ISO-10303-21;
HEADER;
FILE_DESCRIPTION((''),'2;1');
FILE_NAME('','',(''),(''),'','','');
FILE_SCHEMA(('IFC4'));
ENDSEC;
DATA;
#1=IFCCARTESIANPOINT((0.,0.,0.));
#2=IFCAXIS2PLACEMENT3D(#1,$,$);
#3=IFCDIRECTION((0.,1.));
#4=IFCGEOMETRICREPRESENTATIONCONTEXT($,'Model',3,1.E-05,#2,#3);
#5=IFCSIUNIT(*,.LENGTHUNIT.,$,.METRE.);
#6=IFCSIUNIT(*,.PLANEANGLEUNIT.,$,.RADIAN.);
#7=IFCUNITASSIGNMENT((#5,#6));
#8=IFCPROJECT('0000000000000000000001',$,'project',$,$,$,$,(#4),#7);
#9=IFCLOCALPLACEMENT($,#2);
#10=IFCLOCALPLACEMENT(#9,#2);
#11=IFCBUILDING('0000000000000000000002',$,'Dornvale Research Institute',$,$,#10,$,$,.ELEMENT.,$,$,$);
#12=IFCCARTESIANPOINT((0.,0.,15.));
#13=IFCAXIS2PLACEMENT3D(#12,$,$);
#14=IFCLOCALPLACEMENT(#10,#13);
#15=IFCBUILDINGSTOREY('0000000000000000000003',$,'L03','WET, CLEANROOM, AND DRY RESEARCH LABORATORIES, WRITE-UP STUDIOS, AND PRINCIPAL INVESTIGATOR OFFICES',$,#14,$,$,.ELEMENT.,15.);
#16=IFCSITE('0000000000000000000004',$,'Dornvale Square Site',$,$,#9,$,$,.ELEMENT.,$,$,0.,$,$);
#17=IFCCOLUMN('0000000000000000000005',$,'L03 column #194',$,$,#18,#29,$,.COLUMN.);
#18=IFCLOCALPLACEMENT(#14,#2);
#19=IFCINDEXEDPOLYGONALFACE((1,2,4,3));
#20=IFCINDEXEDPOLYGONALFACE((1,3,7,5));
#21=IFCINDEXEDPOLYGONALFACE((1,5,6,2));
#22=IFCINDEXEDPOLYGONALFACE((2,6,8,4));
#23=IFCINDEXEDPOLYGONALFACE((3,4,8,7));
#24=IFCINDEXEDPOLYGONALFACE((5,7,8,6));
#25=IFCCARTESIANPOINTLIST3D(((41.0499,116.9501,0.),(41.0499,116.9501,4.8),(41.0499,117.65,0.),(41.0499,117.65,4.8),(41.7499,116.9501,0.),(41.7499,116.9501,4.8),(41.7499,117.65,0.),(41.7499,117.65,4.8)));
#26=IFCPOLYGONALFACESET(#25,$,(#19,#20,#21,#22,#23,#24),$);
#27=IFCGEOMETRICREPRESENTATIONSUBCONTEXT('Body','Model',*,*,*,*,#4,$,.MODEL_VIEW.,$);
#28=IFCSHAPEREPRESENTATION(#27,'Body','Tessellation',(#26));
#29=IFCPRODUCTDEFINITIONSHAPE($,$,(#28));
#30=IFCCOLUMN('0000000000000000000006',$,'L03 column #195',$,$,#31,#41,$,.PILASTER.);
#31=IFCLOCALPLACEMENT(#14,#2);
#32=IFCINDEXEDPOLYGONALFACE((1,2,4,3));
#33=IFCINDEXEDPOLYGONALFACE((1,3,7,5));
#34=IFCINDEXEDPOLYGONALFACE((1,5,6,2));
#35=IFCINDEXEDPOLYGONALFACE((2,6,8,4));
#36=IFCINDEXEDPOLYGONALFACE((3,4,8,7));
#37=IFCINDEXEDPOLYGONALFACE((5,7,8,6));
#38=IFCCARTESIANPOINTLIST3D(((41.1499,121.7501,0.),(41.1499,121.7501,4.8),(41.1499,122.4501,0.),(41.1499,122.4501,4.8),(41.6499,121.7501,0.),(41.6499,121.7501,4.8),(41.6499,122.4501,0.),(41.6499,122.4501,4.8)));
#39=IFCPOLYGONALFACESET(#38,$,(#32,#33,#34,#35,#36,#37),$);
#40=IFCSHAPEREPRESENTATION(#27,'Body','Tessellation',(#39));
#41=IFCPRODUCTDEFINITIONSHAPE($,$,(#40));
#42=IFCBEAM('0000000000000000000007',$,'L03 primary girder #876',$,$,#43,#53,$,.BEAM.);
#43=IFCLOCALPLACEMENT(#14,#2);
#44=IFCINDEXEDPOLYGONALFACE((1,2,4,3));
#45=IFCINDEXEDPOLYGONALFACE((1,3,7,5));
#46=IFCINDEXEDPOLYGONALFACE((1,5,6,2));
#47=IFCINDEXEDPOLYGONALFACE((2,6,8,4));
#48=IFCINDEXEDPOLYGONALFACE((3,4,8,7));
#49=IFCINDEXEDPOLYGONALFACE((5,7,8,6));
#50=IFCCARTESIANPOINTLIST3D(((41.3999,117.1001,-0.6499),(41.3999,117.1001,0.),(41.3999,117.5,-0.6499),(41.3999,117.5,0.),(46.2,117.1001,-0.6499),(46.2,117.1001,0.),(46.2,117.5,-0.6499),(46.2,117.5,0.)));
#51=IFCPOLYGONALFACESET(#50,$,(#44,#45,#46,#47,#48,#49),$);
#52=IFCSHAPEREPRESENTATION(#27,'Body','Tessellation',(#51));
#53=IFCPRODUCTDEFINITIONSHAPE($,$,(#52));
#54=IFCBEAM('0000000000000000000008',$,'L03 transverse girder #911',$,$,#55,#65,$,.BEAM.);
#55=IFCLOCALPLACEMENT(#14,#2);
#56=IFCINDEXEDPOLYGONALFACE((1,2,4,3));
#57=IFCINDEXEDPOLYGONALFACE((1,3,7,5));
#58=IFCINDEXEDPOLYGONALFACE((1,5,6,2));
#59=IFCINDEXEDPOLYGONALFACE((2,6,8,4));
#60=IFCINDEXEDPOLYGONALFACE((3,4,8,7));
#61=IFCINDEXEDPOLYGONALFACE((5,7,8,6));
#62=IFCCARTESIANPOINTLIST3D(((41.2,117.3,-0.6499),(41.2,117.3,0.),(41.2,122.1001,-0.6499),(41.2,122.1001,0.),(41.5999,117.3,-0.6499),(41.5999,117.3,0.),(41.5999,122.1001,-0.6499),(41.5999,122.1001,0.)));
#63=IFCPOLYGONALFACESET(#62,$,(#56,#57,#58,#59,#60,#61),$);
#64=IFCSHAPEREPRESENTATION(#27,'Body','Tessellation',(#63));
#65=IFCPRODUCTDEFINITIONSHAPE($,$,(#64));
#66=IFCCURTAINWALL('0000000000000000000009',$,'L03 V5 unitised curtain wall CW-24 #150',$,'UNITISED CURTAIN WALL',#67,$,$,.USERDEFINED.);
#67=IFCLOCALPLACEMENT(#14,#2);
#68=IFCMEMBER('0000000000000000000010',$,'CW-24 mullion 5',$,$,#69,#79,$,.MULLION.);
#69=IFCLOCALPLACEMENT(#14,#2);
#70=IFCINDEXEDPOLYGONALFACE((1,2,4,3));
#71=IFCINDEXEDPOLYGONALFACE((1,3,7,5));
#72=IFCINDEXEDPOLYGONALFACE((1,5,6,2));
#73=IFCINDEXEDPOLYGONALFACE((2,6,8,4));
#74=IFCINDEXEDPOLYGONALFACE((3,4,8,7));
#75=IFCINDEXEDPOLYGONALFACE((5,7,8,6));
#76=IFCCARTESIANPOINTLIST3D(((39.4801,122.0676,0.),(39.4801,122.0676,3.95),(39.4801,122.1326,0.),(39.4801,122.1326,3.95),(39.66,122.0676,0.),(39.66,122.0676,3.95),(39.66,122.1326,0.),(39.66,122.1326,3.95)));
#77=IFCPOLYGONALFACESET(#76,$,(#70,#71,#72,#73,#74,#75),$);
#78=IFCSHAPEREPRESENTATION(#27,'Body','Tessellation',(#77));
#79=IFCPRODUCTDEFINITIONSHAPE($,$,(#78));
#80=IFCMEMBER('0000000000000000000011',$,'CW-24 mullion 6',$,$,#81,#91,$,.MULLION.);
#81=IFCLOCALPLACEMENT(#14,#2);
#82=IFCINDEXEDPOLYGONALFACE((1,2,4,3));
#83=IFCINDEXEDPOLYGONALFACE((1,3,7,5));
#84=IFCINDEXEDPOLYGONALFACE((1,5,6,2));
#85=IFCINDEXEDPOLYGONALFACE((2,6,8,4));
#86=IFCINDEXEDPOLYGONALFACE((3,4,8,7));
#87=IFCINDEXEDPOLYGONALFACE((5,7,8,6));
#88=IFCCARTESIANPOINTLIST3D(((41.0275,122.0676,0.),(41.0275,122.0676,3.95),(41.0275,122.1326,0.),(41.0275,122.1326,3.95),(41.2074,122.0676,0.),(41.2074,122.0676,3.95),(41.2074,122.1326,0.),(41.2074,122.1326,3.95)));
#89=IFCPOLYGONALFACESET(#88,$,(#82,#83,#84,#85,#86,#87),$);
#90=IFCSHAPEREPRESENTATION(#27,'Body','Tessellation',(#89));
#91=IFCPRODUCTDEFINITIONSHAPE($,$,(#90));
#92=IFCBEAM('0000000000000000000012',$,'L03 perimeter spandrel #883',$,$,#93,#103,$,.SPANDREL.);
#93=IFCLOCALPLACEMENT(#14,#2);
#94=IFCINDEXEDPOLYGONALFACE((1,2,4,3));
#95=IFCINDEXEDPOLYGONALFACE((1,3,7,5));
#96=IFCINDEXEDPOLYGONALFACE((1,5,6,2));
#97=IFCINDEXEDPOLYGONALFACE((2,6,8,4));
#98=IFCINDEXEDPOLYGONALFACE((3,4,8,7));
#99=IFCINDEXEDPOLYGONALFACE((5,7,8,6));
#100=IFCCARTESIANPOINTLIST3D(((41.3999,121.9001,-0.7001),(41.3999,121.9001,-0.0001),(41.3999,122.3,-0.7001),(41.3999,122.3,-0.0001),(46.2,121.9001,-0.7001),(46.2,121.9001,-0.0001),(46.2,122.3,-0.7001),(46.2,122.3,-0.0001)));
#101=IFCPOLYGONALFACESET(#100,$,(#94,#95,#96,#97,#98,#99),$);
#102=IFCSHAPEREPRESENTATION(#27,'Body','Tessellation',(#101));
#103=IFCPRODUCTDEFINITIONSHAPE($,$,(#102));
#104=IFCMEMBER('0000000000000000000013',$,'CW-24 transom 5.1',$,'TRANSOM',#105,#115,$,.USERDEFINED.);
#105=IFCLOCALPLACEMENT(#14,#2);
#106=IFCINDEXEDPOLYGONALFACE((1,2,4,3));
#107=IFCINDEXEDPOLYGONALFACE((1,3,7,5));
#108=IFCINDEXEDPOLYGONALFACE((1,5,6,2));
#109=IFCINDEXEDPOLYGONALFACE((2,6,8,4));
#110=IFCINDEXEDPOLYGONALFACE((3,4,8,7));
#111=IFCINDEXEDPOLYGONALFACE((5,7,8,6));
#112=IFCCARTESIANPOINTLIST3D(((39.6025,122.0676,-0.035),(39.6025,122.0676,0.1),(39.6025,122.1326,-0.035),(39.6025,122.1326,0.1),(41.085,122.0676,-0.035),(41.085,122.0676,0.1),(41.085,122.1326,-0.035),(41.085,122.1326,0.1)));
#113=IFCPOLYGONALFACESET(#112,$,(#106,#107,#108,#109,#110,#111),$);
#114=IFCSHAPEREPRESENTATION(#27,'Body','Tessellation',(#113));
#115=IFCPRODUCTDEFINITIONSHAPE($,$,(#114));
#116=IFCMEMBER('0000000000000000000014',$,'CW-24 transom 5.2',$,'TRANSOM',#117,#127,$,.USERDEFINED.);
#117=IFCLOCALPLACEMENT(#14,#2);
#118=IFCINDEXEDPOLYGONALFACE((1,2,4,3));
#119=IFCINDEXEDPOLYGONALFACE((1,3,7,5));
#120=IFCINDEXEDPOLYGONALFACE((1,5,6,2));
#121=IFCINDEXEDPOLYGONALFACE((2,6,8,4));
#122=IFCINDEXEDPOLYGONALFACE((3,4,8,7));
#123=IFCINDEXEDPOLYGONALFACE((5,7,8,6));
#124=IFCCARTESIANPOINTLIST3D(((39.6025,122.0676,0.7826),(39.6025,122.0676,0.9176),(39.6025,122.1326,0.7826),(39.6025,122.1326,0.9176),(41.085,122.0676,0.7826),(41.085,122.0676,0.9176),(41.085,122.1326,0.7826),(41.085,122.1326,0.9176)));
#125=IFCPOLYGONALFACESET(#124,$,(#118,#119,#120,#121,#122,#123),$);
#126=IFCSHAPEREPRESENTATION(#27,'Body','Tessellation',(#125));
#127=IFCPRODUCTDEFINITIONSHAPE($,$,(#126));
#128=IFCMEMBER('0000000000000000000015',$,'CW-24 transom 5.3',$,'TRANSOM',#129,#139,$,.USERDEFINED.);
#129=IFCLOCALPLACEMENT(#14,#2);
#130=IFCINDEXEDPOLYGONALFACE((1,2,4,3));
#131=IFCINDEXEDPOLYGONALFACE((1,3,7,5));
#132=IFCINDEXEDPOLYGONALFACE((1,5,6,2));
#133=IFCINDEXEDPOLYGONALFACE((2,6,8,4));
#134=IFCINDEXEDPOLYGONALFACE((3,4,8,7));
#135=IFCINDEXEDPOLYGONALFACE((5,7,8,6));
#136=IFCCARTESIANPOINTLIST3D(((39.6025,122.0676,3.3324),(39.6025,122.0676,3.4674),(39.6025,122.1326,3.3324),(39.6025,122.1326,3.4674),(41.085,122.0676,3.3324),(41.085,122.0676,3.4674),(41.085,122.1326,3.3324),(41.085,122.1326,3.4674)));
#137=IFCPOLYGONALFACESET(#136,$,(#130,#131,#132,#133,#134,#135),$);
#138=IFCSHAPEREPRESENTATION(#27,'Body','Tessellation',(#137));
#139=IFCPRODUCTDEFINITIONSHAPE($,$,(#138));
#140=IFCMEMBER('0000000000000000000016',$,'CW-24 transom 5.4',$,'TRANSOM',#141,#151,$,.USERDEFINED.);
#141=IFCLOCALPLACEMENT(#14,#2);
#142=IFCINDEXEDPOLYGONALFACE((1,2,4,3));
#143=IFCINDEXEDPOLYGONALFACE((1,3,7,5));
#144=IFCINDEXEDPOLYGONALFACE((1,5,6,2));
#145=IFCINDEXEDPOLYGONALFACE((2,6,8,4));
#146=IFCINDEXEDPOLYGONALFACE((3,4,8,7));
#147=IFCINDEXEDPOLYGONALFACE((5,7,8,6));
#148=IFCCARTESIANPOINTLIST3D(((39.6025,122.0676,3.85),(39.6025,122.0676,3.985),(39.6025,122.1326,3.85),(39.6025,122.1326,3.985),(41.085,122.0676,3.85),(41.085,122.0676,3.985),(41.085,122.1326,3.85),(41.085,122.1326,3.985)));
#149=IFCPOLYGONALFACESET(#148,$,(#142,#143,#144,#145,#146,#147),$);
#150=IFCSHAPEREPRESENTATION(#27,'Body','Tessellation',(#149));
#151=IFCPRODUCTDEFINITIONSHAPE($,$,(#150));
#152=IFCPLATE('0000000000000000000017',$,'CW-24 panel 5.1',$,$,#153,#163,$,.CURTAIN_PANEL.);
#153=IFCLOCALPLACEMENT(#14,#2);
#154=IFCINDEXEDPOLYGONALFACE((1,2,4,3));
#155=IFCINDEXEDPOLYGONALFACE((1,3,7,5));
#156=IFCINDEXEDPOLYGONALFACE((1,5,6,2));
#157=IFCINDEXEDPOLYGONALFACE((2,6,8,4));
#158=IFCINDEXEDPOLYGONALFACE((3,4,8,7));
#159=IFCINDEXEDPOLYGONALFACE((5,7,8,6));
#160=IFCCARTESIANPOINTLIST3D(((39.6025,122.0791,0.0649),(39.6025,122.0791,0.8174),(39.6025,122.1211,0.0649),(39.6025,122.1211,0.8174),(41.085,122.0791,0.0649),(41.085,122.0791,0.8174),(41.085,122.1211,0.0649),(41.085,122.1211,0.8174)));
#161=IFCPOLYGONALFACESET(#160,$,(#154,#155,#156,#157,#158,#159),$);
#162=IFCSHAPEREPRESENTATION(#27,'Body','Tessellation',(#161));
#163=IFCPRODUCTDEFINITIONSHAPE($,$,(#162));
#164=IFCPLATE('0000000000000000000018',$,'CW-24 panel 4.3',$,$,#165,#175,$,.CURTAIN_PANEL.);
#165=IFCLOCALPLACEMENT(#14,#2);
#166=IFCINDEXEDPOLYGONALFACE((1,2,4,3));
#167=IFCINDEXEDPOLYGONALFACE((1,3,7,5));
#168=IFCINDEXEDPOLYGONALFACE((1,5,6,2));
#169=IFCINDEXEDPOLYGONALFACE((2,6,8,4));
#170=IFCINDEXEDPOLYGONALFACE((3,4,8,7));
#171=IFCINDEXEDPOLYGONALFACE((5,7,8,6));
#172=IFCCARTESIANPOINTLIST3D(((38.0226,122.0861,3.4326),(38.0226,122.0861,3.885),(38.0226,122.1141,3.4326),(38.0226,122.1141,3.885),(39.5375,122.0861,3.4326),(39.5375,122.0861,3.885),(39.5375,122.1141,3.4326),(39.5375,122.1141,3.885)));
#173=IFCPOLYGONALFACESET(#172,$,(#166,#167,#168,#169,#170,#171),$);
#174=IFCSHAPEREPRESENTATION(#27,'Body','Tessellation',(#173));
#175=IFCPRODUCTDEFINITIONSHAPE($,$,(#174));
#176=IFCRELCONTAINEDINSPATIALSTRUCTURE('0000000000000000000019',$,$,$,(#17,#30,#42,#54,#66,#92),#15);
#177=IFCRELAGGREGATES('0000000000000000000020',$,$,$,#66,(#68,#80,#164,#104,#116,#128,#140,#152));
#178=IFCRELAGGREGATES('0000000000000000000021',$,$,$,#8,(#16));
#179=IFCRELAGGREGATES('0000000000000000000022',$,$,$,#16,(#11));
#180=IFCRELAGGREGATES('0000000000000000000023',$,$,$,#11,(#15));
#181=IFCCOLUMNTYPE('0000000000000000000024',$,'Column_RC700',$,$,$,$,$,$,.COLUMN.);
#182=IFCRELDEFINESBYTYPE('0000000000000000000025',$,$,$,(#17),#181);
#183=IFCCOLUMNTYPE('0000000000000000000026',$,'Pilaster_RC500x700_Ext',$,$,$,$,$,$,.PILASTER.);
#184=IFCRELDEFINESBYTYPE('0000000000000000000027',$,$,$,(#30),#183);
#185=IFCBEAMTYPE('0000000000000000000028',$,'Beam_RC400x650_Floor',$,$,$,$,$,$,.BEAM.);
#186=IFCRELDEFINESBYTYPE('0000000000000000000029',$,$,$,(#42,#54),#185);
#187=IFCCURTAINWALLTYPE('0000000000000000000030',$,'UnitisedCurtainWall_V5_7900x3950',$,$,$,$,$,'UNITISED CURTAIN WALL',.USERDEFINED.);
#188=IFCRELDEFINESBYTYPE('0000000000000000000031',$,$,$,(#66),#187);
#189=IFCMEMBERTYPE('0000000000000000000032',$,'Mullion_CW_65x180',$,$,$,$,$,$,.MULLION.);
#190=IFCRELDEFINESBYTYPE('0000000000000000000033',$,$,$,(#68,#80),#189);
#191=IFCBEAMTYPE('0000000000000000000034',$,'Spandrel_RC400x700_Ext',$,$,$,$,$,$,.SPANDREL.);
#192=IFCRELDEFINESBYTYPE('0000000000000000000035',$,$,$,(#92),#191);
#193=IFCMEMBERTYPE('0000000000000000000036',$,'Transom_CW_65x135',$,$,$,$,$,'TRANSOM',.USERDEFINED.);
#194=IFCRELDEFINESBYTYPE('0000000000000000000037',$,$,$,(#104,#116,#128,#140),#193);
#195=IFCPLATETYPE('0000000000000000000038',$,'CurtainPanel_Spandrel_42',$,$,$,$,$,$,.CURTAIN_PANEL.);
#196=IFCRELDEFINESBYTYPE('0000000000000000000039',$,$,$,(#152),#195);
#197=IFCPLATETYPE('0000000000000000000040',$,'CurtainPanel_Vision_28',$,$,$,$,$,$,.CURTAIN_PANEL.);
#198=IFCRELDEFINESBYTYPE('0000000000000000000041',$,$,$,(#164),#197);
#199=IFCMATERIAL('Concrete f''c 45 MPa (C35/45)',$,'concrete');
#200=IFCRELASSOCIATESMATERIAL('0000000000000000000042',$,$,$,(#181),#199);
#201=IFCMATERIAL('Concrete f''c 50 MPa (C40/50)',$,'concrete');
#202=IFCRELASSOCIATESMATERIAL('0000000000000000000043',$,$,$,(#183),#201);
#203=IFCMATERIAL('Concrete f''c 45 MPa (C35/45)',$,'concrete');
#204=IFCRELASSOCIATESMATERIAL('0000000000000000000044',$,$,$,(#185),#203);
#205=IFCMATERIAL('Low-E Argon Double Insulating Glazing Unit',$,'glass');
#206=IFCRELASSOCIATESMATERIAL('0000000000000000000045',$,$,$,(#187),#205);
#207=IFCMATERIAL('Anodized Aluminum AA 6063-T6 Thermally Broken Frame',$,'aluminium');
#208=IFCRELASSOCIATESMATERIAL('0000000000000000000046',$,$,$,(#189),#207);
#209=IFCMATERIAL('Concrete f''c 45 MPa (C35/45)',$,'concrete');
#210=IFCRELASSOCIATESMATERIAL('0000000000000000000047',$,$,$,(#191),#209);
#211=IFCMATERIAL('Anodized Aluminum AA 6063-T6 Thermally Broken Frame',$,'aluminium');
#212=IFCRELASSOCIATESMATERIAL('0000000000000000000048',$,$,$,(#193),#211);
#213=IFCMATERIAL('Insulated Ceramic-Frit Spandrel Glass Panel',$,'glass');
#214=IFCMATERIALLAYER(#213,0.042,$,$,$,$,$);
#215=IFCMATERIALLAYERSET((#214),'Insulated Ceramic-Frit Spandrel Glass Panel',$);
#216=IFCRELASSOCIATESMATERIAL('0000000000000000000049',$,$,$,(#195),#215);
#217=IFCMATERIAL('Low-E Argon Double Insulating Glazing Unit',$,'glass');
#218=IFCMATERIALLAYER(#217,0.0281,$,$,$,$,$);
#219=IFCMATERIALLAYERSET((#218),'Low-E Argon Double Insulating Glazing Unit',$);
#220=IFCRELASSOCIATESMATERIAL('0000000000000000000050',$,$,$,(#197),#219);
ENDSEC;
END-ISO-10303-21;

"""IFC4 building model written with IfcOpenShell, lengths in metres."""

from ifc_helpers import new_model, si_unit, direction, frame, origin, origin_2d, place, context, subcontext, project, spatial, rectangle, extrude, material, layer, layer_set, material_profile, profile_set, type_object, element, aggregate, save


model = new_model("IFC4")

# Units and contexts
model_context = context("Model", 3, precision=1e-05, world=origin(), true_north=direction((0.0, 1.0)))
body_context = subcontext(model_context, "Body", "Model", "MODEL_VIEW")
ifc_project = project(units=[si_unit("LENGTHUNIT", "METRE"), si_unit("PLANEANGLEUNIT", "RADIAN")], contexts=[model_context])

# Site, building, storey
site_placement = place(None, origin())
site = spatial("IfcSite", under=ifc_project, at=site_placement, Name="Dornvale Square Site", CompositionType="ELEMENT", RefElevation=0.0)
building_placement = place(site_placement, origin())
building = spatial("IfcBuilding", under=site, at=building_placement, Name="Dornvale Research Institute", CompositionType="ELEMENT")
storey_placement = place(building_placement, frame((0.0, 0.0, 15.0)))
storey = spatial("IfcBuildingStorey", under=building, at=storey_placement, Name="L03", Description="WET, CLEANROOM, AND DRY RESEARCH LABORATORIES, WRITE-UP STUDIOS, AND PRINCIPAL INVESTIGATOR OFFICES", CompositionType="ELEMENT", Elevation=15.0)

# Columns
ifc_material_1 = material(Name="Concrete f'c 45 MPa (C35/45)", Category="concrete")
ifc_material_profile_1 = material_profile(ifc_material_1, rectangle(XDim=0.7, YDim=0.7, at=origin_2d()), Name="RC 700x700")
ifc_profile_set_1 = profile_set([ifc_material_profile_1], Name="Concrete f'c 45 MPa (C35/45)")
column_type_1 = type_object("IfcColumnType", Name="Column_RC700", PredefinedType="COLUMN", material=ifc_profile_set_1)
column_1_placement = place(storey_placement, frame((41.3999, 117.3, 0.0), z_axis=(0.0, 0.0, 1.0), x_axis=(1.0, 0.0, 0.0)))
element("IfcColumn", 1, at=column_1_placement, inside=storey, type_object=column_type_1, Name="L03 column #194", PredefinedType="COLUMN", context=body_context, shape_type="SweptSolid", body=[
    extrude(rectangle(XDim=0.7, YDim=0.7, at=origin_2d()), origin(), (0.0, 0.0, 1.0), 4.8),
])
ifc_material_2 = material(Name="Concrete f'c 50 MPa (C40/50)", Category="concrete")
ifc_material_profile_2 = material_profile(ifc_material_2, rectangle(XDim=0.5, YDim=0.7, at=origin_2d()), Name="RC 500x700")
ifc_profile_set_2 = profile_set([ifc_material_profile_2], Name="Concrete f'c 50 MPa (C40/50)")
column_type_2 = type_object("IfcColumnType", Name="Pilaster_RC500x700_Ext", PredefinedType="PILASTER", material=ifc_profile_set_2)
column_2_placement = place(storey_placement, frame((41.3999, 122.1001, 0.0), z_axis=(0.0, 0.0, 1.0), x_axis=(1.0, 0.0, 0.0)))
element("IfcColumn", 2, at=column_2_placement, inside=storey, type_object=column_type_2, Name="L03 column #195", PredefinedType="PILASTER", context=body_context, shape_type="SweptSolid", body=[
    extrude(rectangle(XDim=0.5, YDim=0.7, at=origin_2d()), origin(), (0.0, 0.0, 1.0), 4.8),
])

# Beams
ifc_material_3 = material(Name="Concrete f'c 45 MPa (C35/45)", Category="concrete")
ifc_material_profile_3 = material_profile(ifc_material_3, rectangle(XDim=0.3999, YDim=0.6499, at=origin_2d()), Name="RC 400x650")
ifc_profile_set_3 = profile_set([ifc_material_profile_3], Name="Concrete f'c 45 MPa (C35/45)")
beam_type_1 = type_object("IfcBeamType", Name="Beam_RC400x650_Floor", PredefinedType="BEAM", material=ifc_profile_set_3)
for number, where, z_axis, x_axis, name in (
    (3, (41.3999, 117.3, -0.325), (1.0, 0.0, 0.0), (0.0, 1.0, 0.0), "L03 primary girder #876"),
    (4, (41.3999, 117.3, -0.325), (0.0, 1.0, 0.0), (-1.0, 0.0, 0.0), "L03 transverse girder #911"),
):
    element("IfcBeam", number, at=place(storey_placement, frame(where, z_axis=z_axis, x_axis=x_axis)), inside=storey, type_object=beam_type_1, Name=name, PredefinedType="BEAM", context=body_context, shape_type="SweptSolid", body=[
        extrude(rectangle(XDim=0.3999, YDim=0.6499, at=origin_2d()), origin(), (0.0, 0.0, 1.0), 4.8),
    ])

# Curtain wall, members
ifc_material_4 = material(Name="Low-E Argon Double Insulating Glazing Unit", Category="glass")
curtain_wall_type = type_object("IfcCurtainWallType", Name="UnitisedCurtainWall_V5_7900x3950", ElementType="UNITISED CURTAIN WALL", PredefinedType="USERDEFINED", material=ifc_material_4)
curtain_wall_placement = place(storey_placement, origin())
curtain_wall = element("IfcCurtainWall", 5, at=curtain_wall_placement, inside=storey, type_object=curtain_wall_type, Name="L03 V5 unitised curtain wall CW-24 #150", ObjectType="UNITISED CURTAIN WALL", PredefinedType="USERDEFINED")
ifc_material_5 = material(Name="Anodized Aluminum AA 6063-T6 Thermally Broken Frame", Category="aluminium")
ifc_material_profile_4 = material_profile(ifc_material_5, rectangle(XDim=0.0649, YDim=0.1799, at=origin_2d()), Name="ALU MULLION 65x180")
ifc_profile_set_4 = profile_set([ifc_material_profile_4], Name="Anodized Aluminum AA 6063-T6 Thermally Broken Frame")
member_type_1 = type_object("IfcMemberType", Name="Mullion_CW_65x180", PredefinedType="MULLION", material=ifc_profile_set_4)
member_1_placement = place(storey_placement, frame((39.5701, 122.1001, 0.0), z_axis=(0.0, 0.0, 1.0), x_axis=(0.0, 1.0, 0.0)))
member_1 = element("IfcMember", 6, at=member_1_placement, type_object=member_type_1, Name="CW-24 mullion 5", PredefinedType="MULLION", context=body_context, shape_type="SweptSolid", body=[
    extrude(rectangle(XDim=0.0649, YDim=0.1799, at=origin_2d()), origin(), (0.0, 0.0, 1.0), 3.95),
])
member_2_placement = place(storey_placement, frame((41.1174, 122.1001, 0.0), z_axis=(0.0, 0.0, 1.0), x_axis=(0.0, 1.0, 0.0)))
member_2 = element("IfcMember", 7, at=member_2_placement, type_object=member_type_1, Name="CW-24 mullion 6", PredefinedType="MULLION", context=body_context, shape_type="SweptSolid", body=[
    extrude(rectangle(XDim=0.0649, YDim=0.1799, at=origin_2d()), origin(), (0.0, 0.0, 1.0), 3.95),
])

# Beam
ifc_material_6 = material(Name="Concrete f'c 45 MPa (C35/45)", Category="concrete")
ifc_material_profile_5 = material_profile(ifc_material_6, rectangle(XDim=0.3999, YDim=0.7, at=origin_2d()), Name="RC 400x700")
ifc_profile_set_5 = profile_set([ifc_material_profile_5], Name="Concrete f'c 45 MPa (C35/45)")
beam_type_2 = type_object("IfcBeamType", Name="Spandrel_RC400x700_Ext", PredefinedType="SPANDREL", material=ifc_profile_set_5)
beam_placement = place(storey_placement, frame((41.3999, 122.1001, -0.3501), z_axis=(1.0, 0.0, 0.0), x_axis=(0.0, 1.0, 0.0)))
element("IfcBeam", 8, at=beam_placement, inside=storey, type_object=beam_type_2, Name="L03 perimeter spandrel #883", PredefinedType="SPANDREL", context=body_context, shape_type="SweptSolid", body=[
    extrude(rectangle(XDim=0.3999, YDim=0.7, at=origin_2d()), origin(), (0.0, 0.0, 1.0), 4.8),
])

# Members
ifc_material_7 = material(Name="Anodized Aluminum AA 6063-T6 Thermally Broken Frame", Category="aluminium")
ifc_material_profile_6 = material_profile(ifc_material_7, rectangle(XDim=0.0649, YDim=0.135, at=origin_2d()), Name="ALU TRANSOM 65x135")
ifc_profile_set_6 = profile_set([ifc_material_profile_6], Name="Anodized Aluminum AA 6063-T6 Thermally Broken Frame")
member_type_2 = type_object("IfcMemberType", Name="Transom_CW_65x135", ElementType="TRANSOM", PredefinedType="USERDEFINED", material=ifc_profile_set_6)
member_3_placement = place(storey_placement, frame((39.6025, 122.1001, 0.0325), z_axis=(1.0, 0.0, 0.0), x_axis=(0.0, 1.0, 0.0)))
member_3 = element("IfcMember", 9, at=member_3_placement, type_object=member_type_2, Name="CW-24 transom 5.1", ObjectType="TRANSOM", PredefinedType="USERDEFINED", context=body_context, shape_type="SweptSolid", body=[
    extrude(rectangle(XDim=0.0649, YDim=0.135, at=origin_2d()), origin(), (0.0, 0.0, 1.0), 1.4824),
])
member_4_placement = place(storey_placement, frame((39.6025, 122.1001, 0.8501), z_axis=(1.0, 0.0, 0.0), x_axis=(0.0, 1.0, 0.0)))
member_4 = element("IfcMember", 10, at=member_4_placement, type_object=member_type_2, Name="CW-24 transom 5.2", ObjectType="TRANSOM", PredefinedType="USERDEFINED", context=body_context, shape_type="SweptSolid", body=[
    extrude(rectangle(XDim=0.0649, YDim=0.135, at=origin_2d()), origin(), (0.0, 0.0, 1.0), 1.4824),
])
member_5_placement = place(storey_placement, frame((39.6025, 122.1001, 3.3999), z_axis=(1.0, 0.0, 0.0), x_axis=(0.0, 1.0, 0.0)))
member_5 = element("IfcMember", 11, at=member_5_placement, type_object=member_type_2, Name="CW-24 transom 5.3", ObjectType="TRANSOM", PredefinedType="USERDEFINED", context=body_context, shape_type="SweptSolid", body=[
    extrude(rectangle(XDim=0.0649, YDim=0.135, at=origin_2d()), origin(), (0.0, 0.0, 1.0), 1.4824),
])
member_6_placement = place(storey_placement, frame((39.6025, 122.1001, 3.9175), z_axis=(1.0, 0.0, 0.0), x_axis=(0.0, 1.0, 0.0)))
member_6 = element("IfcMember", 12, at=member_6_placement, type_object=member_type_2, Name="CW-24 transom 5.4", ObjectType="TRANSOM", PredefinedType="USERDEFINED", context=body_context, shape_type="SweptSolid", body=[
    extrude(rectangle(XDim=0.0649, YDim=0.135, at=origin_2d()), origin(), (0.0, 0.0, 1.0), 1.4824),
])

# Plates
ifc_material_8 = material(Name="Insulated Ceramic-Frit Spandrel Glass Panel", Category="glass")
ifc_layer_1 = layer(ifc_material_8, 0.042)
ifc_layer_set_1 = layer_set([ifc_layer_1], Name="Insulated Ceramic-Frit Spandrel Glass Panel")
plate_type_1 = type_object("IfcPlateType", Name="CurtainPanel_Spandrel_42", PredefinedType="CURTAIN_PANEL", material=ifc_layer_set_1)
plate_1_placement = place(storey_placement, frame((40.3438, 122.1001, 0.0649), z_axis=(0.0, 0.0, 1.0), x_axis=(1.0, 0.0, 0.0)))
plate_1 = element("IfcPlate", 13, at=plate_1_placement, type_object=plate_type_1, Name="CW-24 panel 5.1", PredefinedType="CURTAIN_PANEL", context=body_context, shape_type="SweptSolid", body=[
    extrude(rectangle(XDim=1.4824, YDim=0.042, at=origin_2d()), origin(), (0.0, 0.0, 1.0), 0.7524),
])
ifc_material_9 = material(Name="Low-E Argon Double Insulating Glazing Unit", Category="glass")
ifc_layer_2 = layer(ifc_material_9, 0.0281)
ifc_layer_set_2 = layer_set([ifc_layer_2], Name="Low-E Argon Double Insulating Glazing Unit")
plate_type_2 = type_object("IfcPlateType", Name="CurtainPanel_Vision_28", PredefinedType="CURTAIN_PANEL", material=ifc_layer_set_2)
plate_2_placement = place(storey_placement, frame((38.78, 122.1001, 3.4326), z_axis=(0.0, 0.0, 1.0), x_axis=(1.0, 0.0, 0.0)))
plate_2 = element("IfcPlate", 14, at=plate_2_placement, type_object=plate_type_2, Name="CW-24 panel 4.3", PredefinedType="CURTAIN_PANEL", context=body_context, shape_type="SweptSolid", body=[
    extrude(rectangle(XDim=1.5149, YDim=0.0281, at=origin_2d()), origin(), (0.0, 0.0, 1.0), 0.4524),
])
aggregate(curtain_wall, [member_1, member_2, plate_2, member_3, member_4, member_5, member_6, plate_1])

save(model, "model.ifc")
